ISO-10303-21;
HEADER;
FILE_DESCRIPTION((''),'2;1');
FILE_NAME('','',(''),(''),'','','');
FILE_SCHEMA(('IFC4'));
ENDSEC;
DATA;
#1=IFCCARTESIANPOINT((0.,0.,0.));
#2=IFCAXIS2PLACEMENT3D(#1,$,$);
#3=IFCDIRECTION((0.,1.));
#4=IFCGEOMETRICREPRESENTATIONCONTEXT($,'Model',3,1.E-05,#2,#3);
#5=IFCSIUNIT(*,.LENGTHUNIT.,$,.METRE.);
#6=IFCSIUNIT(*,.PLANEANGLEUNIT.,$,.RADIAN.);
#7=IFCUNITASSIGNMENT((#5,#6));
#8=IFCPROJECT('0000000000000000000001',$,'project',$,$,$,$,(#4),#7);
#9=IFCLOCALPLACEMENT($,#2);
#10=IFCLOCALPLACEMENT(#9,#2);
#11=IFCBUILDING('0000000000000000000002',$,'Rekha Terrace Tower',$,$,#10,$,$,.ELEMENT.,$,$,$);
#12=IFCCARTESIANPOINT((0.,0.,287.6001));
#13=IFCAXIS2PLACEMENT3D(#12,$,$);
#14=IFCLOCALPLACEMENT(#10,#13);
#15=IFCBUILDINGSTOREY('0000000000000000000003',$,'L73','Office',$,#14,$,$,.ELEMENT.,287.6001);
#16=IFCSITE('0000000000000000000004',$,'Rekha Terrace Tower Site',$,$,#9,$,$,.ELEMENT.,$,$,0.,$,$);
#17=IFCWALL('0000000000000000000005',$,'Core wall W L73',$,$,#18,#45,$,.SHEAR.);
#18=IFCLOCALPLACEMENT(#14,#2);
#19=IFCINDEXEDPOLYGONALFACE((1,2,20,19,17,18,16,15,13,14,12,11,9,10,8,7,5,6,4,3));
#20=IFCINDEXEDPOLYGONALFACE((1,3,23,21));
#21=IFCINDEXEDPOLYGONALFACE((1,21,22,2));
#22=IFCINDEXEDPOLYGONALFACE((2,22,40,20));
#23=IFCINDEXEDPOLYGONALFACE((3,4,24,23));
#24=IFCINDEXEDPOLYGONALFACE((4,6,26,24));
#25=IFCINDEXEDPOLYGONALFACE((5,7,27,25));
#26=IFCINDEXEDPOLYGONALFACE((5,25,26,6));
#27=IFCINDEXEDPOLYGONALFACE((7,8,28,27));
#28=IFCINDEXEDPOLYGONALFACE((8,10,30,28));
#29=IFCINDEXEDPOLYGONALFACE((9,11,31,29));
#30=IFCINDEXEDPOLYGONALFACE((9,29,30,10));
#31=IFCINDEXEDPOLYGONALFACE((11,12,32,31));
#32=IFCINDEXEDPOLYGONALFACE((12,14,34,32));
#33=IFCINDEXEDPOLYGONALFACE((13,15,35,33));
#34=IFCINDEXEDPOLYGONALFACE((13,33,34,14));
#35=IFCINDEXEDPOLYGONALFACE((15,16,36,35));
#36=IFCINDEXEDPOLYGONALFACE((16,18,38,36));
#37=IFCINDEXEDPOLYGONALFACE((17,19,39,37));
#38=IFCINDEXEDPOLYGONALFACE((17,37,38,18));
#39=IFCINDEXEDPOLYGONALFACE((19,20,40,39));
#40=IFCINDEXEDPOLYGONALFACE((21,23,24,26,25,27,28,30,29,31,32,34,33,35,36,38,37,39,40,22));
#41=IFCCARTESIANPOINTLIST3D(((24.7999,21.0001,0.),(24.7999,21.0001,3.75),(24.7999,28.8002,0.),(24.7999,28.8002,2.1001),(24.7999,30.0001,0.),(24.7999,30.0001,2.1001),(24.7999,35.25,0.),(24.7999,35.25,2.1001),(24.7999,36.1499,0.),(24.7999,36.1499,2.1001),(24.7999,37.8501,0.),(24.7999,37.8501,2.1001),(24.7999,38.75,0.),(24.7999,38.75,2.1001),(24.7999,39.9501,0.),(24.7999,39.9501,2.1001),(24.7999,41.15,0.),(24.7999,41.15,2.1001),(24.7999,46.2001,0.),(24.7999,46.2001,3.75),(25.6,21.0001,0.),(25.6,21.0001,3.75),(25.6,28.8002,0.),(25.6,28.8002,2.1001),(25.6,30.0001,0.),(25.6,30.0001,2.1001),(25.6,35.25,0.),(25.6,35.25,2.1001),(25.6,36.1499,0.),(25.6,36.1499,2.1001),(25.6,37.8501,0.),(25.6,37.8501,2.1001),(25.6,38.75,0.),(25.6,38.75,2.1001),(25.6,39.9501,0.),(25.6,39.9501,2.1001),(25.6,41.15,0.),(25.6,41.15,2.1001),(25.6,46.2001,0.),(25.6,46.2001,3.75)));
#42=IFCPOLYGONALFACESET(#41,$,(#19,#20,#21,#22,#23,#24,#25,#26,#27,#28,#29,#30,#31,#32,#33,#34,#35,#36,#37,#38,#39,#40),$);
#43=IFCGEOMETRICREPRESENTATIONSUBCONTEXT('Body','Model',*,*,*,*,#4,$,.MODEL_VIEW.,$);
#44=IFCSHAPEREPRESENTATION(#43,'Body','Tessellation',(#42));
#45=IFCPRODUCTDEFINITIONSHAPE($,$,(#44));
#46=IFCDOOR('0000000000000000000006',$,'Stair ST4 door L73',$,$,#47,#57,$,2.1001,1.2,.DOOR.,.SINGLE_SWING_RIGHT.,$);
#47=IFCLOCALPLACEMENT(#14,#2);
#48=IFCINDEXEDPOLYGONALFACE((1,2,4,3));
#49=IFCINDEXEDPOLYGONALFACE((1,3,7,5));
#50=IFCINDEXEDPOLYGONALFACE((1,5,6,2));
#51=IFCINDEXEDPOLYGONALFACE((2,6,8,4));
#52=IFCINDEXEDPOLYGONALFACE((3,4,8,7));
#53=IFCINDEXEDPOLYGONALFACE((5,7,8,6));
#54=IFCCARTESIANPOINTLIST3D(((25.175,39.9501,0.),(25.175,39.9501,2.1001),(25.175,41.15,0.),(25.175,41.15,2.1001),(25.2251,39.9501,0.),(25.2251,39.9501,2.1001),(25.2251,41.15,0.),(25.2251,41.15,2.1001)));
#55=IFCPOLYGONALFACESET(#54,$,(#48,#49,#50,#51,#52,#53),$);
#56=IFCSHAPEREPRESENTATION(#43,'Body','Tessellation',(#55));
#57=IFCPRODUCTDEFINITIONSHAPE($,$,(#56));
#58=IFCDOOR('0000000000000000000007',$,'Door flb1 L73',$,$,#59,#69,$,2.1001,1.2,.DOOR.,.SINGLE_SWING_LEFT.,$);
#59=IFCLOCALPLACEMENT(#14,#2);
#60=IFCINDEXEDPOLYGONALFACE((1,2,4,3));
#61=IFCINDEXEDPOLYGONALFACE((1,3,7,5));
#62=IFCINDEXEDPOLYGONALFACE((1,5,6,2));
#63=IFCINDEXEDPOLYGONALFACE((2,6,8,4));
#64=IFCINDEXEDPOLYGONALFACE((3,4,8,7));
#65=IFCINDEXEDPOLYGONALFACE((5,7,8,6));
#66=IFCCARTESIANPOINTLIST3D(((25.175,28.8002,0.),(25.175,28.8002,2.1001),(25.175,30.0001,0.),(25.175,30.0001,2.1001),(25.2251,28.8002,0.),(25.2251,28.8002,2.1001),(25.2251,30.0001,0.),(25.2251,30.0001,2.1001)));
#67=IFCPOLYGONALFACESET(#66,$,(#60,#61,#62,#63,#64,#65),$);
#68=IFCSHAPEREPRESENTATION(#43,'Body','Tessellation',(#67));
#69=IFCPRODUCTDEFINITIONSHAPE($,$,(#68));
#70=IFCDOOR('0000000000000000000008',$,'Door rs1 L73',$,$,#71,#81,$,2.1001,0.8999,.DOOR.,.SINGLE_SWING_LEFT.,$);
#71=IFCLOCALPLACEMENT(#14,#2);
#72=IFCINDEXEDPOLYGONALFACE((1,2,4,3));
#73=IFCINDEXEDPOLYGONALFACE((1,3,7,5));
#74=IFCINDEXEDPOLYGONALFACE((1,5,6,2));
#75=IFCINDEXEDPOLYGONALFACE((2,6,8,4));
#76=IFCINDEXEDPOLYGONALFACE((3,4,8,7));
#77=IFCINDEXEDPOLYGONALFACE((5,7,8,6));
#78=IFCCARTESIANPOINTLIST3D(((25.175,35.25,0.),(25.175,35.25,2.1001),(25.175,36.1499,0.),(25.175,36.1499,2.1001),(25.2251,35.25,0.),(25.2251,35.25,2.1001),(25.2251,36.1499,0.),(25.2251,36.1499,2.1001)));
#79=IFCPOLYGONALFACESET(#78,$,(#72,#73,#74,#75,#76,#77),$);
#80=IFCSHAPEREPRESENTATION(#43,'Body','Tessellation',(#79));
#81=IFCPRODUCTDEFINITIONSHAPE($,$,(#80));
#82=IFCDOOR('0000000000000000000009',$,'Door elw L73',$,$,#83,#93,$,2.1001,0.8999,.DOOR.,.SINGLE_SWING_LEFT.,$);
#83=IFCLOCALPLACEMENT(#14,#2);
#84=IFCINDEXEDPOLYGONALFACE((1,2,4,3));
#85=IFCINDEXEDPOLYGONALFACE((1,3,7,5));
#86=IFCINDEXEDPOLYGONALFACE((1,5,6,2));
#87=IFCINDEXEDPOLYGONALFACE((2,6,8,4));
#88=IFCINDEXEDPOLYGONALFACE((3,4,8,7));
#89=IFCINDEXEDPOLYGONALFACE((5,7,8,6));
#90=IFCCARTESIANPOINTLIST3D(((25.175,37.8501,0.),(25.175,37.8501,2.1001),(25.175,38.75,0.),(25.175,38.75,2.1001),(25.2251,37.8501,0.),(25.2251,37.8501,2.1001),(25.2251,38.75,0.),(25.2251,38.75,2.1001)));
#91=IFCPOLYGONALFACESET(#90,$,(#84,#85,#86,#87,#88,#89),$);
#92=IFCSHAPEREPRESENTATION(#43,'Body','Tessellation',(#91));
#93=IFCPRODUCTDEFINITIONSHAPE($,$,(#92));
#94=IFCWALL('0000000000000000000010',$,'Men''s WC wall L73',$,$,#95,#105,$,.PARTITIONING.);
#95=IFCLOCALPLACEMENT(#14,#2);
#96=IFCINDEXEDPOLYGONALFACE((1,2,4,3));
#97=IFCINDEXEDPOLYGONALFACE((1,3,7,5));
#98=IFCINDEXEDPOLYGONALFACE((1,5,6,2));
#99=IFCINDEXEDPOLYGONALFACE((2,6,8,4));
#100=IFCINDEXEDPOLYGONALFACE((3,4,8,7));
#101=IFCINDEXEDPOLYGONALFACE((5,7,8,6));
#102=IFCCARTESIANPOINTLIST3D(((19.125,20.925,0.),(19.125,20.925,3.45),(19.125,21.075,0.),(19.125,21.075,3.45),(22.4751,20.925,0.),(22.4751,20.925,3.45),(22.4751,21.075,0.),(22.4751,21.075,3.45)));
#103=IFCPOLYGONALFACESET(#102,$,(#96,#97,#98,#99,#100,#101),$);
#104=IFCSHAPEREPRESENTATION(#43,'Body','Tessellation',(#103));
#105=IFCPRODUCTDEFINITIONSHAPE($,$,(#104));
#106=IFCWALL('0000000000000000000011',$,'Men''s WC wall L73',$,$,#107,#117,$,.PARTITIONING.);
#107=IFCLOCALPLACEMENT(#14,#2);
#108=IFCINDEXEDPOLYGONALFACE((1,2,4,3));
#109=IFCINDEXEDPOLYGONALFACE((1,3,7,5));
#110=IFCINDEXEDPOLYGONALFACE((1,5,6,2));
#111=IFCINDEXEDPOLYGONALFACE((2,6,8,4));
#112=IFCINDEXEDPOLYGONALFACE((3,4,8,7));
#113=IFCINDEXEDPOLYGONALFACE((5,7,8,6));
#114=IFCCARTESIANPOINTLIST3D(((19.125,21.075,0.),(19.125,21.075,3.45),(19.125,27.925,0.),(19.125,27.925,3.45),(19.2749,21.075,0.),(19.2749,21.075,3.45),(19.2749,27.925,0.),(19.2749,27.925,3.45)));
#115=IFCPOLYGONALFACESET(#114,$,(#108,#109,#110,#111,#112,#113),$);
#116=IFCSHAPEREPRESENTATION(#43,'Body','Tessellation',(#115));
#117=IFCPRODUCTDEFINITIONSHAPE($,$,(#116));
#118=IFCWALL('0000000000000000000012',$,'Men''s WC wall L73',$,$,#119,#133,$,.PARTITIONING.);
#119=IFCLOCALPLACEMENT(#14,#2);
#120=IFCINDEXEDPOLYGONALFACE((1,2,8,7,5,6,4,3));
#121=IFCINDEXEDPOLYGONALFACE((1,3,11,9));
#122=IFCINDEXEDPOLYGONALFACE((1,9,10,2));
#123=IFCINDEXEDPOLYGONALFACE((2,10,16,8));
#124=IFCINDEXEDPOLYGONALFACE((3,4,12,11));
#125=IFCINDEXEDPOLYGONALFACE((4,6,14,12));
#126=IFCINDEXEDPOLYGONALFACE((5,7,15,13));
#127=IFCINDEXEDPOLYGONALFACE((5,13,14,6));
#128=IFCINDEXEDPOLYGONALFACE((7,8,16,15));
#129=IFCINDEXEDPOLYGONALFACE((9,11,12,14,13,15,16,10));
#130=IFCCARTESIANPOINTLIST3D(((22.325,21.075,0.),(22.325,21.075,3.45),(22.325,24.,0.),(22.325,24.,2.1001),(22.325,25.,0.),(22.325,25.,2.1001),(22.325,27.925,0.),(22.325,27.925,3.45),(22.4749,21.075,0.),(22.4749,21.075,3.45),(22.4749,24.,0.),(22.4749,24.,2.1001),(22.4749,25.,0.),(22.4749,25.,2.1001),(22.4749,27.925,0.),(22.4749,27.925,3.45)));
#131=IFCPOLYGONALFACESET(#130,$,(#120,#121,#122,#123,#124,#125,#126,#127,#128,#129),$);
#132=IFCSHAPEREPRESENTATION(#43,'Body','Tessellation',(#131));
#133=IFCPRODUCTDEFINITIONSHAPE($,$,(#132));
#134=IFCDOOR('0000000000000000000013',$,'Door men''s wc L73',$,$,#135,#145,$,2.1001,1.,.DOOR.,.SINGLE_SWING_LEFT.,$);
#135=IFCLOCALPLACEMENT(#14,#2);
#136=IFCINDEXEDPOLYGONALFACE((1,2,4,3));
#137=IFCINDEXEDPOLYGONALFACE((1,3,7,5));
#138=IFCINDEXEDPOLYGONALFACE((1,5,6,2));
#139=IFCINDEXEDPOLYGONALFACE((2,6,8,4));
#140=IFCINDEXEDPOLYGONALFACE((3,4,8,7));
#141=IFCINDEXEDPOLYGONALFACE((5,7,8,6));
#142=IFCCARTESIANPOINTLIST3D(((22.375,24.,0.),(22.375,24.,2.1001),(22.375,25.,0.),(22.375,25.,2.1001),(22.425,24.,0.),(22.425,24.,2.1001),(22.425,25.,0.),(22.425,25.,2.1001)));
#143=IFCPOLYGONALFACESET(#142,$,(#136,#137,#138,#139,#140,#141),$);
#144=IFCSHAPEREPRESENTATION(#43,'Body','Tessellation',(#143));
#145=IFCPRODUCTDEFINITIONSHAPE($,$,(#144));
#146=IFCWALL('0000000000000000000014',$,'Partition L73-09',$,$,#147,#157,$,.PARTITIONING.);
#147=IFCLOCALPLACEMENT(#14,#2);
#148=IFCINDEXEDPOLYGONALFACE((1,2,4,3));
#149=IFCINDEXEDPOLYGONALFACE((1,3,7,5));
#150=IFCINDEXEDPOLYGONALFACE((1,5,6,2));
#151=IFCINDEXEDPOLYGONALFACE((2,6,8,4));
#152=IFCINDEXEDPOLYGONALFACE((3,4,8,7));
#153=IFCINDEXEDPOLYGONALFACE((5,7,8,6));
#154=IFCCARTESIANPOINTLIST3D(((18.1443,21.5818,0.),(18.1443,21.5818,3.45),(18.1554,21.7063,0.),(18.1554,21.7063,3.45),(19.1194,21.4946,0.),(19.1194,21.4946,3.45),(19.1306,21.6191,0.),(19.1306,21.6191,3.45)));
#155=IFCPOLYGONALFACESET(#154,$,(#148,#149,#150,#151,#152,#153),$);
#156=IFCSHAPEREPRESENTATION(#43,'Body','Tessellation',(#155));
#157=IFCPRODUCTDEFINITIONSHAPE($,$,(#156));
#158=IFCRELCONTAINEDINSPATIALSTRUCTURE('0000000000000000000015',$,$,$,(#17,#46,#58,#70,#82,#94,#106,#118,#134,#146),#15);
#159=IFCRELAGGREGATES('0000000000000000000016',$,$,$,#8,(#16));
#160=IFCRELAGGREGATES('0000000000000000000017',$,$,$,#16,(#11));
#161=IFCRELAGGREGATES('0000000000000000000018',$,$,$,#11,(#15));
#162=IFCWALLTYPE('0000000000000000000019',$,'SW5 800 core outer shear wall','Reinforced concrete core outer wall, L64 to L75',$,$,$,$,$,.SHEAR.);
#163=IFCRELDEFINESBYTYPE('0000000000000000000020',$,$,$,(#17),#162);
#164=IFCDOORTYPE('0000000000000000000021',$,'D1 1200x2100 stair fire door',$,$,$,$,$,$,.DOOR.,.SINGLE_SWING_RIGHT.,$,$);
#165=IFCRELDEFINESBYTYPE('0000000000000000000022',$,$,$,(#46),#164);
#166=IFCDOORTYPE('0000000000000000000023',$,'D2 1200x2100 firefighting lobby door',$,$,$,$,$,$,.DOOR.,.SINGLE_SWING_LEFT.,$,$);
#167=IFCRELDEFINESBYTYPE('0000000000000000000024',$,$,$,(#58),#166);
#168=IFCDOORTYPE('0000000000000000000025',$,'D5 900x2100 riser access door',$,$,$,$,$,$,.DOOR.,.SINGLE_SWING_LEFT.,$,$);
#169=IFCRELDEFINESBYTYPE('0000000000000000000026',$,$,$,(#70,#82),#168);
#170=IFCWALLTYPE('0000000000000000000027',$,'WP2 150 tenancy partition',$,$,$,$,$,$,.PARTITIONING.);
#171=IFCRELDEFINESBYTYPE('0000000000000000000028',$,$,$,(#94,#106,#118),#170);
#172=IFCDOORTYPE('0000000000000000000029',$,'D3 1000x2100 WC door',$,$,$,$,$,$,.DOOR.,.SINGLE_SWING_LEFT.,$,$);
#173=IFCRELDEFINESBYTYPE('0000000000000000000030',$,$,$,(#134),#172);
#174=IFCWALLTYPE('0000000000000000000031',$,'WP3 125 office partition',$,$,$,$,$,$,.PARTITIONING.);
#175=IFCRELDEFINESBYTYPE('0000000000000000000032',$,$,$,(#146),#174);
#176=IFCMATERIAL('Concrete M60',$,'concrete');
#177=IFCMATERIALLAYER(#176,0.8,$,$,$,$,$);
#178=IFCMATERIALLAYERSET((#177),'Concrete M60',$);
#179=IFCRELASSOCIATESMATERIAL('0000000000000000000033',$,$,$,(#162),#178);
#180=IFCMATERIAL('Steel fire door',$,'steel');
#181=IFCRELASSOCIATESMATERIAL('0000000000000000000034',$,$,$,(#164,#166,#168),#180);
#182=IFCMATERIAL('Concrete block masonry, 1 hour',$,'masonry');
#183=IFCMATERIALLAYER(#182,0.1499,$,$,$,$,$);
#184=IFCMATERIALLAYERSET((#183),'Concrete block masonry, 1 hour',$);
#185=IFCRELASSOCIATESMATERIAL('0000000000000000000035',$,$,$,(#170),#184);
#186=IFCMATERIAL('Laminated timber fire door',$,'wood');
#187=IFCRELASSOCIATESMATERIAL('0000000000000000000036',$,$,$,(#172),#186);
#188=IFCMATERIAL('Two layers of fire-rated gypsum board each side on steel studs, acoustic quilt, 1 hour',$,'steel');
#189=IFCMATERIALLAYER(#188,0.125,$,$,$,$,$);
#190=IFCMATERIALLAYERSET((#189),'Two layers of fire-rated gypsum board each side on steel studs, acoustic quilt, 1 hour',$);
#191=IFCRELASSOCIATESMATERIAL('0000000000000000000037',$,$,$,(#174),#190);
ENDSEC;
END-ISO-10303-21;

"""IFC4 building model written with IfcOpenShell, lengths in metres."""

from ifc_helpers import new_model, si_unit, direction, frame, frame_2d, origin, place, context, subcontext, project, spatial, rectangle, extrude, material, layer, layer_set, type_object, element, fill, save


model = new_model("IFC4")

# Units and contexts
model_context = context("Model", 3, precision=1e-05, world=origin(), true_north=direction((0.0, 1.0)))
body_context = subcontext(model_context, "Body", "Model", "MODEL_VIEW")
ifc_project = project(units=[si_unit("LENGTHUNIT", "METRE"), si_unit("PLANEANGLEUNIT", "RADIAN")], contexts=[model_context])

# Site, building, storey
site_placement = place(None, origin())
site = spatial("IfcSite", under=ifc_project, at=site_placement, Name="Rekha Terrace Tower Site", CompositionType="ELEMENT", RefElevation=0.0)
building_placement = place(site_placement, origin())
building = spatial("IfcBuilding", under=site, at=building_placement, Name="Rekha Terrace Tower", CompositionType="ELEMENT")
storey_placement = place(building_placement, frame((0.0, 0.0, 287.6001)))
storey = spatial("IfcBuildingStorey", under=building, at=storey_placement, Name="L73", Description="Office", CompositionType="ELEMENT", Elevation=287.6001)

# Shared definitions
ifc_material_1 = material(Name="Concrete M60", Category="concrete")
ifc_layer_1 = layer(ifc_material_1, 0.8)
ifc_layer_set_1 = layer_set([ifc_layer_1], Name="Concrete M60")
wall_type_1 = type_object("IfcWallType", Name="SW5 800 core outer shear wall", Description="Reinforced concrete core outer wall, L64 to L75", PredefinedType="SHEAR", material=ifc_layer_set_1)

# Wall, openings, doors
wall_1_placement = place(storey_placement, frame((25.2, 21.0, 0.0), z_axis=(0.0, 0.0, 1.0), x_axis=(0.0, 1.0, 0.0)))
wall_1 = element("IfcWall", 1, at=wall_1_placement, inside=storey, type_object=wall_type_1, Name="Core wall W L73", PredefinedType="SHEAR", context=body_context, shape_type="SweptSolid", body=[
    extrude(rectangle(XDim=25.2, YDim=0.8, at=frame_2d((12.6001, 0.0))), origin(), (0.0, 0.0, 1.0), 3.75),
])
opening_1_placement = place(wall_1_placement, frame((7.8, 0.0, 0.0)))
opening_1 = element("IfcOpeningElement", 2, at=opening_1_placement, cuts=wall_1, PredefinedType="OPENING", context=body_context, shape_type="SweptSolid", body=[
    extrude(rectangle(XDim=1.2, YDim=2.1001, at=frame_2d((0.6001, 1.05))), frame((0.0, 0.4099, 0.0), z_axis=(0.0, -1.0, 0.0), x_axis=(1.0, 0.0, 0.0)), (0.0, 0.0, 1.0), 0.8201),
])
opening_2_placement = place(wall_1_placement, frame((14.25, 0.0, 0.0)))
opening_2 = element("IfcOpeningElement", 3, at=opening_2_placement, cuts=wall_1, PredefinedType="OPENING", context=body_context, shape_type="SweptSolid", body=[
    extrude(rectangle(XDim=0.8999, YDim=2.1001, at=frame_2d((0.45, 1.05))), frame((0.0, 0.4099, 0.0), z_axis=(0.0, -1.0, 0.0), x_axis=(1.0, 0.0, 0.0)), (0.0, 0.0, 1.0), 0.8201),
])
opening_3_placement = place(wall_1_placement, frame((16.8501, 0.0, 0.0)))
opening_3 = element("IfcOpeningElement", 4, at=opening_3_placement, cuts=wall_1, PredefinedType="OPENING", context=body_context, shape_type="SweptSolid", body=[
    extrude(rectangle(XDim=0.8999, YDim=2.1001, at=frame_2d((0.45, 1.05))), frame((0.0, 0.4099, 0.0), z_axis=(0.0, -1.0, 0.0), x_axis=(1.0, 0.0, 0.0)), (0.0, 0.0, 1.0), 0.8201),
])
opening_4_placement = place(wall_1_placement, frame((18.95, 0.0, 0.0)))
opening_4 = element("IfcOpeningElement", 5, at=opening_4_placement, cuts=wall_1, PredefinedType="OPENING", context=body_context, shape_type="SweptSolid", body=[
    extrude(rectangle(XDim=1.2, YDim=2.1001, at=frame_2d((0.6001, 1.05))), frame((0.0, 0.4099, 0.0), z_axis=(0.0, -1.0, 0.0), x_axis=(1.0, 0.0, 0.0)), (0.0, 0.0, 1.0), 0.8201),
])
ifc_material_2 = material(Name="Steel fire door", Category="steel")
door_type_1 = type_object("IfcDoorType", Name="D1 1200x2100 stair fire door", OperationType="SINGLE_SWING_RIGHT", PredefinedType="DOOR", material=ifc_material_2)
door_1_placement = place(opening_4_placement, origin())
door_1 = element("IfcDoor", 6, at=door_1_placement, inside=storey, type_object=door_type_1, Name="Stair ST4 door L73", OperationType="SINGLE_SWING_RIGHT", OverallHeight=2.1001, OverallWidth=1.2, PredefinedType="DOOR", context=body_context, shape_type="SweptSolid", body=[
    extrude(rectangle(XDim=1.2, YDim=2.1001, at=frame_2d((0.6001, 1.05))), frame((0.0, 0.0249, 0.0), z_axis=(0.0, -1.0, 0.0), x_axis=(1.0, 0.0, 0.0)), (0.0, 0.0, 1.0), 0.05),
])
fill(opening_4, door_1)
door_type_2 = type_object("IfcDoorType", Name="D2 1200x2100 firefighting lobby door", OperationType="SINGLE_SWING_LEFT", PredefinedType="DOOR", material=ifc_material_2)
door_2_placement = place(opening_1_placement, origin())
door_2 = element("IfcDoor", 7, at=door_2_placement, inside=storey, type_object=door_type_2, Name="Door flb1 L73", OperationType="SINGLE_SWING_LEFT", OverallHeight=2.1001, OverallWidth=1.2, PredefinedType="DOOR", context=body_context, shape_type="SweptSolid", body=[
    extrude(rectangle(XDim=1.2, YDim=2.1001, at=frame_2d((0.6001, 1.05))), frame((0.0, 0.0249, 0.0), z_axis=(0.0, -1.0, 0.0), x_axis=(1.0, 0.0, 0.0)), (0.0, 0.0, 1.0), 0.05),
])
fill(opening_1, door_2)
door_type_3 = type_object("IfcDoorType", Name="D5 900x2100 riser access door", OperationType="SINGLE_SWING_LEFT", PredefinedType="DOOR", material=ifc_material_2)
door_3_placement = place(opening_2_placement, origin())
door_3 = element("IfcDoor", 8, at=door_3_placement, inside=storey, type_object=door_type_3, Name="Door rs1 L73", OperationType="SINGLE_SWING_LEFT", OverallHeight=2.1001, OverallWidth=0.8999, PredefinedType="DOOR", context=body_context, shape_type="SweptSolid", body=[
    extrude(rectangle(XDim=0.8999, YDim=2.1001, at=frame_2d((0.45, 1.05))), frame((0.0, 0.0249, 0.0), z_axis=(0.0, -1.0, 0.0), x_axis=(1.0, 0.0, 0.0)), (0.0, 0.0, 1.0), 0.05),
])
fill(opening_2, door_3)
door_4_placement = place(opening_3_placement, origin())
door_4 = element("IfcDoor", 9, at=door_4_placement, inside=storey, type_object=door_type_3, Name="Door elw L73", OperationType="SINGLE_SWING_LEFT", OverallHeight=2.1001, OverallWidth=0.8999, PredefinedType="DOOR", context=body_context, shape_type="SweptSolid", body=[
    extrude(rectangle(XDim=0.8999, YDim=2.1001, at=frame_2d((0.45, 1.05))), frame((0.0, 0.0249, 0.0), z_axis=(0.0, -1.0, 0.0), x_axis=(1.0, 0.0, 0.0)), (0.0, 0.0, 1.0), 0.05),
])
fill(opening_3, door_4)

# Walls
ifc_material_3 = material(Name="Concrete block masonry, 1 hour", Category="masonry")
ifc_layer_2 = layer(ifc_material_3, 0.1499)
ifc_layer_set_2 = layer_set([ifc_layer_2], Name="Concrete block masonry, 1 hour")
wall_type_2 = type_object("IfcWallType", Name="WP2 150 tenancy partition", PredefinedType="PARTITIONING", material=ifc_layer_set_2)
wall_2_placement = place(storey_placement, frame((19.125, 21.0, 0.0), z_axis=(0.0, 0.0, 1.0), x_axis=(1.0, 0.0, 0.0)))
element("IfcWall", 10, at=wall_2_placement, inside=storey, type_object=wall_type_2, Name="Men's WC wall L73", PredefinedType="PARTITIONING", context=body_context, shape_type="SweptSolid", body=[
    extrude(rectangle(XDim=3.3501, YDim=0.1499, at=frame_2d((1.675, 0.0))), origin(), (0.0, 0.0, 1.0), 3.45),
])
wall_3_placement = place(storey_placement, frame((19.2, 21.075, 0.0), z_axis=(0.0, 0.0, 1.0), x_axis=(0.0, 1.0, 0.0)))
element("IfcWall", 11, at=wall_3_placement, inside=storey, type_object=wall_type_2, Name="Men's WC wall L73", PredefinedType="PARTITIONING", context=body_context, shape_type="SweptSolid", body=[
    extrude(rectangle(XDim=6.8501, YDim=0.1499, at=frame_2d((3.425, 0.0))), origin(), (0.0, 0.0, 1.0), 3.45),
])

# Wall, opening, door
wall_4_placement = place(storey_placement, frame((22.3999, 21.075, 0.0), z_axis=(0.0, 0.0, 1.0), x_axis=(0.0, 1.0, 0.0)))
wall_4 = element("IfcWall", 12, at=wall_4_placement, inside=storey, type_object=wall_type_2, Name="Men's WC wall L73", PredefinedType="PARTITIONING", context=body_context, shape_type="SweptSolid", body=[
    extrude(rectangle(XDim=6.8501, YDim=0.1499, at=frame_2d((3.425, 0.0))), origin(), (0.0, 0.0, 1.0), 3.45),
])
opening_5_placement = place(wall_4_placement, frame((2.925, 0.0, 0.0)))
opening_5 = element("IfcOpeningElement", 13, at=opening_5_placement, cuts=wall_4, PredefinedType="OPENING", context=body_context, shape_type="SweptSolid", body=[
    extrude(rectangle(XDim=1.0, YDim=2.1001, at=frame_2d((0.5, 1.05))), frame((0.0, 0.085, 0.0), z_axis=(0.0, -1.0, 0.0), x_axis=(1.0, 0.0, 0.0)), (0.0, 0.0, 1.0), 0.1699),
])
ifc_material_4 = material(Name="Laminated timber fire door", Category="wood")
door_type_4 = type_object("IfcDoorType", Name="D3 1000x2100 WC door", OperationType="SINGLE_SWING_LEFT", PredefinedType="DOOR", material=ifc_material_4)
door_5_placement = place(opening_5_placement, origin())
door_5 = element("IfcDoor", 14, at=door_5_placement, inside=storey, type_object=door_type_4, Name="Door men's wc L73", OperationType="SINGLE_SWING_LEFT", OverallHeight=2.1001, OverallWidth=1.0, PredefinedType="DOOR", context=body_context, shape_type="SweptSolid", body=[
    extrude(rectangle(XDim=1.0, YDim=2.1001, at=frame_2d((0.5, 1.05))), frame((0.0, 0.0249, 0.0), z_axis=(0.0, -1.0, 0.0), x_axis=(1.0, 0.0, 0.0)), (0.0, 0.0, 1.0), 0.05),
])
fill(opening_5, door_5)

# Wall
ifc_material_5 = material(Name="Two layers of fire-rated gypsum board each side on steel studs, acoustic quilt, 1 hour", Category="steel")
ifc_layer_3 = layer(ifc_material_5, 0.125)
ifc_layer_set_3 = layer_set([ifc_layer_3], Name="Two layers of fire-rated gypsum board each side on steel studs, acoustic quilt, 1 hour")
wall_type_3 = type_object("IfcWallType", Name="WP3 125 office partition", PredefinedType="PARTITIONING", material=ifc_layer_set_3)
wall_5_placement = place(storey_placement, frame((19.125, 21.5569, 0.0), z_axis=(0.0, 0.0, 1.0), x_axis=(-0.996029, 0.089029, 0.0)))
element("IfcWall", 15, at=wall_5_placement, inside=storey, type_object=wall_type_3, Name="Partition L73-09", PredefinedType="PARTITIONING", context=body_context, shape_type="SweptSolid", body=[
    extrude(rectangle(XDim=0.979, YDim=0.125, at=frame_2d((0.4895, 0.0))), origin(), (0.0, 0.0, 1.0), 3.45),
])

save(model, "model.ifc")
